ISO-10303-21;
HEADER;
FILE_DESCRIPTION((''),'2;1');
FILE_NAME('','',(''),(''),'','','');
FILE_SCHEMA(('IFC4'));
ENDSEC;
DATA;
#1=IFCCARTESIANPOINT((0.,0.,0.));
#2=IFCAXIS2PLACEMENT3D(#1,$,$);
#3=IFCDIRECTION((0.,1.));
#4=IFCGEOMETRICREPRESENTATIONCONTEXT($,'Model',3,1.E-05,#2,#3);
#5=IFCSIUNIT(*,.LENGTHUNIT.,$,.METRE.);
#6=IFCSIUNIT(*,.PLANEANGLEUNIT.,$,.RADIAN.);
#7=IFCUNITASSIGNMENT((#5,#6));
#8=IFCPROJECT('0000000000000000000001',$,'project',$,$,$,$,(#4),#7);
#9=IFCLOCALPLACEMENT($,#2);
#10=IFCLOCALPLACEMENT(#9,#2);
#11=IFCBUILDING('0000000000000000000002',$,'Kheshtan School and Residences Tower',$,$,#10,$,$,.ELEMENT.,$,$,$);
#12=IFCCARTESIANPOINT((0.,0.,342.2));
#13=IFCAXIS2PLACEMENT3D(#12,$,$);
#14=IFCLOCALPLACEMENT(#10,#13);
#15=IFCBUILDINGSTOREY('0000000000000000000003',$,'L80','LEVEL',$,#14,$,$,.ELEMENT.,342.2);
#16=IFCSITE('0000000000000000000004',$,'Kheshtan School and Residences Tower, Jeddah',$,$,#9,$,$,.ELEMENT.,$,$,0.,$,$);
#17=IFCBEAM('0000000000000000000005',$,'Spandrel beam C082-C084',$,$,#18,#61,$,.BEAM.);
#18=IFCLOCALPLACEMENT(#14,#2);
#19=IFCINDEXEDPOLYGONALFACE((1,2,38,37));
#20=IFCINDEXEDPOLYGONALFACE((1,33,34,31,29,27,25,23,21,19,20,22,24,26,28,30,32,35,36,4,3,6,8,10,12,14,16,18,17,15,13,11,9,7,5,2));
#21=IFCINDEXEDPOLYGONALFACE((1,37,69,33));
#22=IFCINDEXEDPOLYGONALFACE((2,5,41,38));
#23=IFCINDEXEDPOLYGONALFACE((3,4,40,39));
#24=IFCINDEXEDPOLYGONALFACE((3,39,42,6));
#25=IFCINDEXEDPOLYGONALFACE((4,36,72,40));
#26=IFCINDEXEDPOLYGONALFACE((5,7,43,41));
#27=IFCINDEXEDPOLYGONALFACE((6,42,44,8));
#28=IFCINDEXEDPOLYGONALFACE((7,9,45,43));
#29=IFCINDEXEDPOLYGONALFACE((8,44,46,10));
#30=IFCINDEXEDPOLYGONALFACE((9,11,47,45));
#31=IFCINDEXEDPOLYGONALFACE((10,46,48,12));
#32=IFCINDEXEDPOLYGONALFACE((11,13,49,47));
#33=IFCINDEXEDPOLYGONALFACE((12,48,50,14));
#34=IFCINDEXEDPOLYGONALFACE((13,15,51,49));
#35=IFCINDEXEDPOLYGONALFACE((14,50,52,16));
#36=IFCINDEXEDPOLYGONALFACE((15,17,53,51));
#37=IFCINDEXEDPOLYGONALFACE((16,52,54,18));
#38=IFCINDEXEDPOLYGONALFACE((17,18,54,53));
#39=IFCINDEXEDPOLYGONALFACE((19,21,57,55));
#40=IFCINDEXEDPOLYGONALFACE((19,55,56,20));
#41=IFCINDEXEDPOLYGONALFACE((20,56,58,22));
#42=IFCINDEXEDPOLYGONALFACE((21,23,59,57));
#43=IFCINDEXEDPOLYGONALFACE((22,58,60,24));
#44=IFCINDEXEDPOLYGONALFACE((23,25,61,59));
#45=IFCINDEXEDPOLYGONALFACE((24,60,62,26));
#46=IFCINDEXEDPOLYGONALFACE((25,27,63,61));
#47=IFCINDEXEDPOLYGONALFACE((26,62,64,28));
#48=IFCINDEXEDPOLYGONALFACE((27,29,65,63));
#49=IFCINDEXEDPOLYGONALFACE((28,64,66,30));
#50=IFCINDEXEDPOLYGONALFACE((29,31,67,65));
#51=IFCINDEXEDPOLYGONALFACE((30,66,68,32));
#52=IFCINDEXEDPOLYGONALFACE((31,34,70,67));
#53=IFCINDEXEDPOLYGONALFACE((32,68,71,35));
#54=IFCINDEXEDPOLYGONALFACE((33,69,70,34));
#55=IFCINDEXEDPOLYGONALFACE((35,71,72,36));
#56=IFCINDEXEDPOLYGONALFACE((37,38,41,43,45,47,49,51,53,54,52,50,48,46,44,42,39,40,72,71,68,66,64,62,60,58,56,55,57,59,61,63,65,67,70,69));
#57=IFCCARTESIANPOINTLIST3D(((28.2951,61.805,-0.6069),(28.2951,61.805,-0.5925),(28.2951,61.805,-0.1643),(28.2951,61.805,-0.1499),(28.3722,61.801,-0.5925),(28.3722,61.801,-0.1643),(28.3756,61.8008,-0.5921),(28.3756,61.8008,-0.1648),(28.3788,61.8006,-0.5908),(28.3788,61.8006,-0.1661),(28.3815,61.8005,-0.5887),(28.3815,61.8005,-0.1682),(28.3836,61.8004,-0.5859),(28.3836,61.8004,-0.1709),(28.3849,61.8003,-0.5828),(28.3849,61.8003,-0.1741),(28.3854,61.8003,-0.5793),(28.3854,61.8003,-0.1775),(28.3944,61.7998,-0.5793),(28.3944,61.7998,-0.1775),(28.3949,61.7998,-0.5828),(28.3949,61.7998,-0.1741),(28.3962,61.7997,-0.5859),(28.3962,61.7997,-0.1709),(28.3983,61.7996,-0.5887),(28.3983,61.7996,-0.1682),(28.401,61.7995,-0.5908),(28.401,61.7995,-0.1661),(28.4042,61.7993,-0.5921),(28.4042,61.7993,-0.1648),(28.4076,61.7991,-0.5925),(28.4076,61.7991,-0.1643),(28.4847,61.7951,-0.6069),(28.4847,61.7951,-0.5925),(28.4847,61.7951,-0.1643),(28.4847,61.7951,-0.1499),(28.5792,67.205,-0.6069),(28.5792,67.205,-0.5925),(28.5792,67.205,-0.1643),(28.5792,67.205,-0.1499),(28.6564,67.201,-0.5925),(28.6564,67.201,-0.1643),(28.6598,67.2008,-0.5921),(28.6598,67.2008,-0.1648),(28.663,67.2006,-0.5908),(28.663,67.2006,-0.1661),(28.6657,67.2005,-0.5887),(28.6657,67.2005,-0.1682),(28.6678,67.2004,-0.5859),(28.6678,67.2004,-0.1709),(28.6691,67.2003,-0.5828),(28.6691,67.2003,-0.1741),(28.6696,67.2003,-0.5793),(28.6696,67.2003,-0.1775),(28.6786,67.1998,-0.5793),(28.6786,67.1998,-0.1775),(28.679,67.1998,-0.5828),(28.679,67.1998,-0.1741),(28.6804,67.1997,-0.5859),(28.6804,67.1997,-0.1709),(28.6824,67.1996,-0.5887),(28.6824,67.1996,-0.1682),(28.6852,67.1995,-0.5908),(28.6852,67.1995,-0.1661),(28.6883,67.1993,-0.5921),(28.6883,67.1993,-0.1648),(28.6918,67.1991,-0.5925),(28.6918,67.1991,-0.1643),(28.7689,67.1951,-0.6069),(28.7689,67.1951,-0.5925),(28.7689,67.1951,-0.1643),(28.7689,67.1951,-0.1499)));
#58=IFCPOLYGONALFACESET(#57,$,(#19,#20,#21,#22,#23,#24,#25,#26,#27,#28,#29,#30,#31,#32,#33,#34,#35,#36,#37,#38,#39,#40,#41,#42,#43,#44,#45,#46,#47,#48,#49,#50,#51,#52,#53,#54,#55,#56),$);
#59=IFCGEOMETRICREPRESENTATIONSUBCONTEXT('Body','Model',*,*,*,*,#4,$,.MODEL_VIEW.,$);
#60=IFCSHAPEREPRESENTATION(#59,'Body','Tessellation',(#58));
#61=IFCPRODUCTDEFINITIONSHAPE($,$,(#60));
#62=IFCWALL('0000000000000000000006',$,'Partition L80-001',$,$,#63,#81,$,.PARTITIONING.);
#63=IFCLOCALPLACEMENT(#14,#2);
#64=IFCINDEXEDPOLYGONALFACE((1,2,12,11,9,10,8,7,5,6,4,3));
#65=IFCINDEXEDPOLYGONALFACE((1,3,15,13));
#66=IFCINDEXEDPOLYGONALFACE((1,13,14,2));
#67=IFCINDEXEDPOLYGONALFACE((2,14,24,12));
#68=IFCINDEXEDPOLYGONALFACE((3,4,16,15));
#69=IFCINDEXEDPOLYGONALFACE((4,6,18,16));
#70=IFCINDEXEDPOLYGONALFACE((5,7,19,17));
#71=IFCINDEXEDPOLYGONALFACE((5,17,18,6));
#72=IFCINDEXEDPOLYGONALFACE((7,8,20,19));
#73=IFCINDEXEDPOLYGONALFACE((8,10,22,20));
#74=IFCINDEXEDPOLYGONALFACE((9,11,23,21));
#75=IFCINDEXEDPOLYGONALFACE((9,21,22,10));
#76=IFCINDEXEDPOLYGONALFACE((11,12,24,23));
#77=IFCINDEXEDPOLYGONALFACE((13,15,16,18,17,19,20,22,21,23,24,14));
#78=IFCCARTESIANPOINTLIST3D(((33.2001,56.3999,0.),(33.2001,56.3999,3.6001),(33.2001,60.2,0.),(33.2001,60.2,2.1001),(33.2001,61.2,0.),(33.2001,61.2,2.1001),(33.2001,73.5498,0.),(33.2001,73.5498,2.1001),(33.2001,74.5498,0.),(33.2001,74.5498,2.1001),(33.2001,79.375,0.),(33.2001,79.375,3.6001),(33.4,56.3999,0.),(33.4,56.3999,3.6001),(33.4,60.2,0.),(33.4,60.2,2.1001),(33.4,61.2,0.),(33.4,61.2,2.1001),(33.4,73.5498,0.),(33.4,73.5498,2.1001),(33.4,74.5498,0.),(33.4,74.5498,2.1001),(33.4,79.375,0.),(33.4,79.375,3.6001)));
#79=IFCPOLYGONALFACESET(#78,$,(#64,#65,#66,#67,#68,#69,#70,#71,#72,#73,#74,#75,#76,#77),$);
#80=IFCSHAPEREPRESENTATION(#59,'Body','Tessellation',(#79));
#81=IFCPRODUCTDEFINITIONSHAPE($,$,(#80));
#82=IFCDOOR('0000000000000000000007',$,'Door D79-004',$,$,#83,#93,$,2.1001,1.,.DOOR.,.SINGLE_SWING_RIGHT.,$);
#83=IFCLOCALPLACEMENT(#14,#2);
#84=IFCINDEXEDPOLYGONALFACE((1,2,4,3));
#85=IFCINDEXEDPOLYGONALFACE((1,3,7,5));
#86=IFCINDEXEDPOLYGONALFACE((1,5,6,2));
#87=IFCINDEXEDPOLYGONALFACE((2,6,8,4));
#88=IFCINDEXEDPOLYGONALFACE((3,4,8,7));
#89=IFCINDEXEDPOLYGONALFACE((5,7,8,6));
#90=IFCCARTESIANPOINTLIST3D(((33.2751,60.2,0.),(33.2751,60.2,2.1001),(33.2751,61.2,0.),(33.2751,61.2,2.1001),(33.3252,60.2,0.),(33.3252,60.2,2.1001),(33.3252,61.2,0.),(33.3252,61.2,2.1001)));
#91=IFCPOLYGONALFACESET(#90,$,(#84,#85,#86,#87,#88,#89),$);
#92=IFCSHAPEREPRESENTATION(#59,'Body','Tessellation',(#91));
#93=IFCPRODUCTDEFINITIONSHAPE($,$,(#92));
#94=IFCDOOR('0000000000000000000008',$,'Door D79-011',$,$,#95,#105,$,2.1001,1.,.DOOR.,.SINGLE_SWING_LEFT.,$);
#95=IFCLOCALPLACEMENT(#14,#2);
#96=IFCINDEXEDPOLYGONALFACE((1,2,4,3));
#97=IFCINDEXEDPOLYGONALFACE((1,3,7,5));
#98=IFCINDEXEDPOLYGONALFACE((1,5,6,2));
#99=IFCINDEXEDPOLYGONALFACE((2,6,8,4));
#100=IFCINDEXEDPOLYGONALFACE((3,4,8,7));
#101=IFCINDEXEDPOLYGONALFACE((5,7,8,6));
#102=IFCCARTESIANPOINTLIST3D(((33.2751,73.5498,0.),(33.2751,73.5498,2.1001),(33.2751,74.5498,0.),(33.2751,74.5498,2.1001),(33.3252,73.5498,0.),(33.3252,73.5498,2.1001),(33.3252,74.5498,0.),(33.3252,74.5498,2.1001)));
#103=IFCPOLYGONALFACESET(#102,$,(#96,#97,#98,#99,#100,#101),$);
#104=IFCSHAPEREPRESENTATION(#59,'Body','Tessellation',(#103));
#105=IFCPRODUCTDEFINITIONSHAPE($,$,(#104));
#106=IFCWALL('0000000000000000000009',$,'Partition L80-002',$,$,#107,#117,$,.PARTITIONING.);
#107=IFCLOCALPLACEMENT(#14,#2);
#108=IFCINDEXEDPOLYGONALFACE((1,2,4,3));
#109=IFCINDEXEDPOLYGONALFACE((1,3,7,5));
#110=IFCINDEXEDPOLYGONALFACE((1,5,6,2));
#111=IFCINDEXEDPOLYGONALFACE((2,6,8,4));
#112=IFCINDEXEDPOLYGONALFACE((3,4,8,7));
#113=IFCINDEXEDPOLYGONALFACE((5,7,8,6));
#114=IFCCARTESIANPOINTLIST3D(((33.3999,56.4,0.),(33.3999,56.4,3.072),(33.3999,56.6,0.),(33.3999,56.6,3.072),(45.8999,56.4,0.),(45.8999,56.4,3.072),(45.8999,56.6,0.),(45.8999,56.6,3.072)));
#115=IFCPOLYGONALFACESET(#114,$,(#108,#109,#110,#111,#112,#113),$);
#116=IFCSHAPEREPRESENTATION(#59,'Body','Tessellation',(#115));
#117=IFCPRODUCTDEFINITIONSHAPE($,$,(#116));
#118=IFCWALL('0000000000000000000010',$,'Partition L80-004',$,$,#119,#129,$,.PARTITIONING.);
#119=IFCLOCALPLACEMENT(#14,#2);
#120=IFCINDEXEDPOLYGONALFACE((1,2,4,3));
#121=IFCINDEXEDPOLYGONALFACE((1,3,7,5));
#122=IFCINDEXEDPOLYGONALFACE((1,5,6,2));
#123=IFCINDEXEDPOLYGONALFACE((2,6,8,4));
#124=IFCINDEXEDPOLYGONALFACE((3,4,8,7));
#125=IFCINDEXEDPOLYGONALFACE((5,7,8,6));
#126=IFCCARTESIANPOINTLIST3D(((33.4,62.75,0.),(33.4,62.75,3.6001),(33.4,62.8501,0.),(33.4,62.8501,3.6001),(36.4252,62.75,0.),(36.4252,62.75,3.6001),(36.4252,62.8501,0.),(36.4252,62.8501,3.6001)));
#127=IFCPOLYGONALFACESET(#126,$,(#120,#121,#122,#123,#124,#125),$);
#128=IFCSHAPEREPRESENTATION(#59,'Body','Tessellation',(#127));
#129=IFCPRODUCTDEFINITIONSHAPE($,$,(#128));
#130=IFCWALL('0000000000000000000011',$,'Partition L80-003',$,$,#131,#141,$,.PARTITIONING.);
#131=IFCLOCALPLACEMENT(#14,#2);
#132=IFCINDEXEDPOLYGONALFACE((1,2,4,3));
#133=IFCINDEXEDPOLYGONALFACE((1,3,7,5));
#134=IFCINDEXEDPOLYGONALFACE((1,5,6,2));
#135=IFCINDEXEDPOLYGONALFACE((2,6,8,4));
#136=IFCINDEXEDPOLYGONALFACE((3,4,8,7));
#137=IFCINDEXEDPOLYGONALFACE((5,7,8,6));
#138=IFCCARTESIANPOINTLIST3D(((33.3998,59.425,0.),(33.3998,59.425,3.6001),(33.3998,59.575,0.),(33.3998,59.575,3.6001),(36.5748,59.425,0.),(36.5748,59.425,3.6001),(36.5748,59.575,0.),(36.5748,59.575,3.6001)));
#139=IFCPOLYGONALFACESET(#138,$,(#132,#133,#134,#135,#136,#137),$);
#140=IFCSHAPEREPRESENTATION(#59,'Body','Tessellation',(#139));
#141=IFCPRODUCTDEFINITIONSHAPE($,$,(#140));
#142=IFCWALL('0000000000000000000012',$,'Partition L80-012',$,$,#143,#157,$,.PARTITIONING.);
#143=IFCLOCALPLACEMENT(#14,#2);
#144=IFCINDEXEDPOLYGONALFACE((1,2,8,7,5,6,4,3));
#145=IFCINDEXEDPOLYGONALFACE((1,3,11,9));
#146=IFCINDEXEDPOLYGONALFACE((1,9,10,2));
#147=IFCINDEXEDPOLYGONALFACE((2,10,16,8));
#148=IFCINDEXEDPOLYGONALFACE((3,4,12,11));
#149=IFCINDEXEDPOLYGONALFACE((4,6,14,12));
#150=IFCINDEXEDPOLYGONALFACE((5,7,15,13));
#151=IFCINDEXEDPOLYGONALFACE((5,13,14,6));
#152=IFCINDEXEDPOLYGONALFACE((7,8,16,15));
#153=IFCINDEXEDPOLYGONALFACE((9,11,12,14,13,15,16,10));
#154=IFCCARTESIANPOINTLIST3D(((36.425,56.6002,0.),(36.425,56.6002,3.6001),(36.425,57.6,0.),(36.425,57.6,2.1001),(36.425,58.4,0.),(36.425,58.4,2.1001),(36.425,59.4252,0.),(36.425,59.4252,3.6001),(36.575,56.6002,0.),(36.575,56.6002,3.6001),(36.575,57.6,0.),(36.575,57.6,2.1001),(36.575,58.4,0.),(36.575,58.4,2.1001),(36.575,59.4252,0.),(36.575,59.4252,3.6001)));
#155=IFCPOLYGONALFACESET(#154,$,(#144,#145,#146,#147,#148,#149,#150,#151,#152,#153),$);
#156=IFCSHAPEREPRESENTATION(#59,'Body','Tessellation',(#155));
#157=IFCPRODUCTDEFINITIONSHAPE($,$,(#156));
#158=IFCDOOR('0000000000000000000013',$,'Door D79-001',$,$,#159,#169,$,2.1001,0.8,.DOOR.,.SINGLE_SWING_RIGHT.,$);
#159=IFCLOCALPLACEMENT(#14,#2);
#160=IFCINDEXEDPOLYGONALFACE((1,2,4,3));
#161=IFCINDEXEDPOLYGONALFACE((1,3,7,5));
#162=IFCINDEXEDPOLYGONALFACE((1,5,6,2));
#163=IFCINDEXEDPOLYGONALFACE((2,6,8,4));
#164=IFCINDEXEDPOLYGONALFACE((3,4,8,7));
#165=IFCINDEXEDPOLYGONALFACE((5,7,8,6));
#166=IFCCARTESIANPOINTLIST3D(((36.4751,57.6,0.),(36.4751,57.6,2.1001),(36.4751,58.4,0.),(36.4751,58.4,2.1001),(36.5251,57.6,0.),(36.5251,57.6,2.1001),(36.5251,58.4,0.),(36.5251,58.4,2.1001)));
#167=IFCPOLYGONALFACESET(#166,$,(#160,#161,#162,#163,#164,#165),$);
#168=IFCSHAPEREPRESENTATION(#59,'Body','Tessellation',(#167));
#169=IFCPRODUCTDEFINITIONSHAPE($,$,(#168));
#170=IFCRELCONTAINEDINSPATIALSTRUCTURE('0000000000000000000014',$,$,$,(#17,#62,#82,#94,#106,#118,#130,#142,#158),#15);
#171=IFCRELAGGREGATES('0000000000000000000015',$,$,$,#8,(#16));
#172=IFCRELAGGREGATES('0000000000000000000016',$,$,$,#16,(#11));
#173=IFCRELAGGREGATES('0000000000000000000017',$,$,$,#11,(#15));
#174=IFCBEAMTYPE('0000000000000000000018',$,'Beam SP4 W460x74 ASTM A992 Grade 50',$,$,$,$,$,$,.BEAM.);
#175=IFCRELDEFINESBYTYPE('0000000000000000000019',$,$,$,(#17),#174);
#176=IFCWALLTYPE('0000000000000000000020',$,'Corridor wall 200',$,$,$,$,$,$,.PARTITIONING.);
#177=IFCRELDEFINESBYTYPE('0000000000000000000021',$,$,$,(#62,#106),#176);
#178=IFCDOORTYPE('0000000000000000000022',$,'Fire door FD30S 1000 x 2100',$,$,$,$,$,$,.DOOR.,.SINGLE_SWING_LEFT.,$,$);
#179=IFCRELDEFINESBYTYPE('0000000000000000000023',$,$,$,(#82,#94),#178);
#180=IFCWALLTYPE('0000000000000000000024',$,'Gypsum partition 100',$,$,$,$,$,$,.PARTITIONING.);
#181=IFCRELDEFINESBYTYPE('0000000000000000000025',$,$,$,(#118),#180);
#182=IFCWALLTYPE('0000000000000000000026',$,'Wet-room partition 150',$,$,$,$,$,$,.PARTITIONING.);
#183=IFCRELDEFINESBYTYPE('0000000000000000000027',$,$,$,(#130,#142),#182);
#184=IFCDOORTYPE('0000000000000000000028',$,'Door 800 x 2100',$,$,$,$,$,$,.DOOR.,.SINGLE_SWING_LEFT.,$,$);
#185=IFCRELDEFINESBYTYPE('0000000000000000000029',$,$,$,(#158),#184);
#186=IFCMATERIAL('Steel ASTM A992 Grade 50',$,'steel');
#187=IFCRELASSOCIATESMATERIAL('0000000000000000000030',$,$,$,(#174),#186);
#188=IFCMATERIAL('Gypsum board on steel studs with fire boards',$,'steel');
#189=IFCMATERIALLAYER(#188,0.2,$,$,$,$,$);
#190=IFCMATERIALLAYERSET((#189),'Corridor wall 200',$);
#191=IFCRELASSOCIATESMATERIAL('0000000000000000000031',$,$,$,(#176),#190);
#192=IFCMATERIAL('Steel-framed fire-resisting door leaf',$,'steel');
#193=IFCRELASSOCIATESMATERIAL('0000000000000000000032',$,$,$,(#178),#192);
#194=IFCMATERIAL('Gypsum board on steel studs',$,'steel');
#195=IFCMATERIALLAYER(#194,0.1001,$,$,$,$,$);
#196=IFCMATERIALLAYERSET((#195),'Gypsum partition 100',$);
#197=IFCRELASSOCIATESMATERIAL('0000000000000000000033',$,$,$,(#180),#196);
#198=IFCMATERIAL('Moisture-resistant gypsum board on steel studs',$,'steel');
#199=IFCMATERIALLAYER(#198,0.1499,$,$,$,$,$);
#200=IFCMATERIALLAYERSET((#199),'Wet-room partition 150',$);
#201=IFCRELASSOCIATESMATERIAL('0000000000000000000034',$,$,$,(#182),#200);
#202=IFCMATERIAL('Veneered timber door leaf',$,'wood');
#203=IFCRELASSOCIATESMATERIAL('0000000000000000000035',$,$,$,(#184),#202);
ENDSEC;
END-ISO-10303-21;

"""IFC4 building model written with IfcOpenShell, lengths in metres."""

from ifc_helpers import new_model, si_unit, direction, frame, frame_2d, origin, origin_2d, place, context, subcontext, project, spatial, rectangle, i_section, extrude, source, transform, mapped, material, layer, layer_set, material_profile, profile_set, type_object, element, fill, save


model = new_model("IFC4")

# Units and contexts
model_context = context("Model", 3, precision=1e-05, world=origin(), true_north=direction((0.0, 1.0)))
body_context = subcontext(model_context, "Body", "Model", "MODEL_VIEW")
ifc_project = project(units=[si_unit("LENGTHUNIT", "METRE"), si_unit("PLANEANGLEUNIT", "RADIAN")], contexts=[model_context])

# Site, building, storey
site_placement = place(None, origin())
site = spatial("IfcSite", under=ifc_project, at=site_placement, Name="Kheshtan School and Residences Tower, Jeddah", CompositionType="ELEMENT", RefElevation=0.0)
building_placement = place(site_placement, origin())
building = spatial("IfcBuilding", under=site, at=building_placement, Name="Kheshtan School and Residences Tower", CompositionType="ELEMENT")
storey_placement = place(building_placement, frame((0.0, 0.0, 342.2)))
storey = spatial("IfcBuildingStorey", under=building, at=storey_placement, Name="L80", Description="LEVEL", CompositionType="ELEMENT", Elevation=342.2)

# Shared definitions
ifc_material_1 = material(Name="Steel ASTM A992 Grade 50", Category="steel")

# Beam
ifc_material_profile_1 = material_profile(ifc_material_1, i_section(OverallWidth=0.1899, OverallDepth=0.457, WebThickness=0.009, FlangeThickness=0.0144, FilletRadius=0.0132, at=origin_2d()), Name="W460x74")
ifc_profile_set_1 = profile_set([ifc_material_profile_1], Name="Steel ASTM A992 Grade 50")
beam_type_1 = type_object("IfcBeamType", Name="Beam SP4 W460x74 ASTM A992 Grade 50", PredefinedType="BEAM", material=ifc_profile_set_1)
beam_1_placement = place(storey_placement, frame((28.3899, 61.8, -0.3784), z_axis=(0.052554, 0.998618, 0.0), x_axis=(-0.998618, 0.052554, 0.0)))
element("IfcBeam", 1, at=beam_1_placement, inside=storey, type_object=beam_type_1, Name="Spandrel beam C082-C084", PredefinedType="BEAM", context=body_context, shape_type="SweptSolid", body=[
    extrude(i_section(OverallWidth=0.1899, OverallDepth=0.457, WebThickness=0.009, FlangeThickness=0.0144, FilletRadius=0.0132, at=origin_2d()), origin(), (0.0, 0.0, 1.0), 5.4075),
])

# Wall, openings, doors
ifc_material_2 = material(Name="Gypsum board on steel studs with fire boards", Category="steel")
ifc_layer_1 = layer(ifc_material_2, 0.2)
ifc_layer_set_1 = layer_set([ifc_layer_1], Name="Corridor wall 200")
wall_type_1 = type_object("IfcWallType", Name="Corridor wall 200", PredefinedType="PARTITIONING", material=ifc_layer_set_1)
wall_1_placement = place(storey_placement, frame((33.3, 56.3999, 0.0), z_axis=(0.0, 0.0, 1.0), x_axis=(0.0, 1.0, 0.0)))
wall_1 = element("IfcWall", 2, at=wall_1_placement, inside=storey, type_object=wall_type_1, Name="Partition L80-001", PredefinedType="PARTITIONING", context=body_context, shape_type="SweptSolid", body=[
    extrude(rectangle(XDim=22.9751, YDim=0.2, at=frame_2d((11.4875, 0.0))), origin(), (0.0, 0.0, 1.0), 3.6001),
])
opening_1_placement = place(wall_1_placement, frame((3.8, 0.0, 0.0)))
opening_1 = element("IfcOpeningElement", 3, at=opening_1_placement, cuts=wall_1, PredefinedType="OPENING", context=body_context, shape_type="SweptSolid", body=[
    extrude(rectangle(XDim=1.0, YDim=2.1001, at=frame_2d((0.5, 1.05))), frame((0.0, 0.1099, 0.0), z_axis=(0.0, -1.0, 0.0), x_axis=(1.0, 0.0, 0.0)), (0.0, 0.0, 1.0), 0.22),
])
opening_2_placement = place(wall_1_placement, frame((17.1499, 0.0, 0.0)))
opening_2 = element("IfcOpeningElement", 4, at=opening_2_placement, cuts=wall_1, PredefinedType="OPENING", context=body_context, shape_type="SweptSolid", body=[
    extrude(rectangle(XDim=1.0, YDim=2.1001, at=frame_2d((0.5, 1.05))), frame((0.0, 0.1099, 0.0), z_axis=(0.0, -1.0, 0.0), x_axis=(1.0, 0.0, 0.0)), (0.0, 0.0, 1.0), 0.22),
])
ifc_material_3 = material(Name="Steel-framed fire-resisting door leaf", Category="steel")
door_type_1 = type_object("IfcDoorType", Name="Fire door FD30S 1000 x 2100", OperationType="SINGLE_SWING_LEFT", PredefinedType="DOOR", material=ifc_material_3)
shared_shape_1 = source(origin(), body_context, "Body", "SweptSolid", [
    extrude(rectangle(XDim=1.0, YDim=2.1001, at=frame_2d((0.5, 1.05))), frame((0.0, 0.0249, 0.0), z_axis=(0.0, -1.0, 0.0), x_axis=(1.0, 0.0, 0.0)), (0.0, 0.0, 1.0), 0.05),
])
door_1_placement = place(opening_1_placement, origin())
door_1 = element("IfcDoor", 5, at=door_1_placement, inside=storey, type_object=door_type_1, Name="Door D79-004", OperationType="SINGLE_SWING_RIGHT", OverallHeight=2.1001, OverallWidth=1.0, PredefinedType="DOOR", context=body_context, shape_type="MappedRepresentation", body=[
    mapped(shared_shape_1, transform((0.0, 0.0, 0.0), x_axis=(1.0, 0.0, 0.0), y_axis=(0.0, 1.0, 0.0), z_axis=(0.0, 0.0, 1.0), scale=1.0)),
])
fill(opening_1, door_1)
door_2_placement = place(opening_2_placement, origin())
door_2 = element("IfcDoor", 6, at=door_2_placement, inside=storey, type_object=door_type_1, Name="Door D79-011", OperationType="SINGLE_SWING_LEFT", OverallHeight=2.1001, OverallWidth=1.0, PredefinedType="DOOR", context=body_context, shape_type="MappedRepresentation", body=[
    mapped(shared_shape_1, transform((0.0, 0.0, 0.0), x_axis=(1.0, 0.0, 0.0), y_axis=(0.0, 1.0, 0.0), z_axis=(0.0, 0.0, 1.0), scale=1.0)),
])
fill(opening_2, door_2)

# Walls
wall_2_placement = place(storey_placement, frame((33.3999, 56.5, 0.0), z_axis=(0.0, 0.0, 1.0), x_axis=(1.0, 0.0, 0.0)))
element("IfcWall", 7, at=wall_2_placement, inside=storey, type_object=wall_type_1, Name="Partition L80-002", PredefinedType="PARTITIONING", context=body_context, shape_type="SweptSolid", body=[
    extrude(rectangle(XDim=12.5, YDim=0.2, at=frame_2d((6.25, 0.0))), origin(), (0.0, 0.0, 1.0), 3.072),
])
ifc_material_4 = material(Name="Gypsum board on steel studs", Category="steel")
ifc_layer_2 = layer(ifc_material_4, 0.1001)
ifc_layer_set_2 = layer_set([ifc_layer_2], Name="Gypsum partition 100")
wall_type_2 = type_object("IfcWallType", Name="Gypsum partition 100", PredefinedType="PARTITIONING", material=ifc_layer_set_2)
wall_3_placement = place(storey_placement, frame((33.3999, 62.8, 0.0), z_axis=(0.0, 0.0, 1.0), x_axis=(1.0, 0.0, 0.0)))
element("IfcWall", 8, at=wall_3_placement, inside=storey, type_object=wall_type_2, Name="Partition L80-004", PredefinedType="PARTITIONING", context=body_context, shape_type="SweptSolid", body=[
    extrude(rectangle(XDim=3.0251, YDim=0.1001, at=frame_2d((1.5127, 0.0))), origin(), (0.0, 0.0, 1.0), 3.6001),
])
ifc_material_5 = material(Name="Moisture-resistant gypsum board on steel studs", Category="steel")
ifc_layer_3 = layer(ifc_material_5, 0.1499)
ifc_layer_set_3 = layer_set([ifc_layer_3], Name="Wet-room partition 150")
wall_type_3 = type_object("IfcWallType", Name="Wet-room partition 150", PredefinedType="PARTITIONING", material=ifc_layer_set_3)
wall_4_placement = place(storey_placement, frame((33.3999, 59.5, 0.0), z_axis=(0.0, 0.0, 1.0), x_axis=(1.0, 0.0, 0.0)))
element("IfcWall", 9, at=wall_4_placement, inside=storey, type_object=wall_type_3, Name="Partition L80-003", PredefinedType="PARTITIONING", context=body_context, shape_type="SweptSolid", body=[
    extrude(rectangle(XDim=3.175, YDim=0.1499, at=frame_2d((1.5874, 0.0))), origin(), (0.0, 0.0, 1.0), 3.6001),
])

# Wall, opening, door
wall_5_placement = place(storey_placement, frame((36.5, 56.6001, 0.0), z_axis=(0.0, 0.0, 1.0), x_axis=(0.0, 1.0, 0.0)))
wall_5 = element("IfcWall", 10, at=wall_5_placement, inside=storey, type_object=wall_type_3, Name="Partition L80-012", PredefinedType="PARTITIONING", context=body_context, shape_type="SweptSolid", body=[
    extrude(rectangle(XDim=2.825, YDim=0.1499, at=frame_2d((1.4126, 0.0))), origin(), (0.0, 0.0, 1.0), 3.6001),
])
opening_3_placement = place(wall_5_placement, frame((1.0, 0.0, 0.0)))
opening_3 = element("IfcOpeningElement", 11, at=opening_3_placement, cuts=wall_5, PredefinedType="OPENING", context=body_context, shape_type="SweptSolid", body=[
    extrude(rectangle(XDim=0.8, YDim=2.1001, at=frame_2d((0.3999, 1.05))), frame((0.0, 0.085, 0.0), z_axis=(0.0, -1.0, 0.0), x_axis=(1.0, 0.0, 0.0)), (0.0, 0.0, 1.0), 0.1699),
])
ifc_material_6 = material(Name="Veneered timber door leaf", Category="wood")
door_type_2 = type_object("IfcDoorType", Name="Door 800 x 2100", OperationType="SINGLE_SWING_LEFT", PredefinedType="DOOR", material=ifc_material_6)
shared_shape_2 = source(origin(), body_context, "Body", "SweptSolid", [
    extrude(rectangle(XDim=0.8, YDim=2.1001, at=frame_2d((0.3999, 1.05))), frame((0.0, 0.0249, 0.0), z_axis=(0.0, -1.0, 0.0), x_axis=(1.0, 0.0, 0.0)), (0.0, 0.0, 1.0), 0.05),
])
door_3_placement = place(opening_3_placement, origin())
door_3 = element("IfcDoor", 12, at=door_3_placement, inside=storey, type_object=door_type_2, Name="Door D79-001", OperationType="SINGLE_SWING_RIGHT", OverallHeight=2.1001, OverallWidth=0.8, PredefinedType="DOOR", context=body_context, shape_type="MappedRepresentation", body=[
    mapped(shared_shape_2, transform((0.0, 0.0, 0.0), x_axis=(1.0, 0.0, 0.0), y_axis=(0.0, 1.0, 0.0), z_axis=(0.0, 0.0, 1.0), scale=1.0)),
])
fill(opening_3, door_3)

save(model, "model.ifc")
